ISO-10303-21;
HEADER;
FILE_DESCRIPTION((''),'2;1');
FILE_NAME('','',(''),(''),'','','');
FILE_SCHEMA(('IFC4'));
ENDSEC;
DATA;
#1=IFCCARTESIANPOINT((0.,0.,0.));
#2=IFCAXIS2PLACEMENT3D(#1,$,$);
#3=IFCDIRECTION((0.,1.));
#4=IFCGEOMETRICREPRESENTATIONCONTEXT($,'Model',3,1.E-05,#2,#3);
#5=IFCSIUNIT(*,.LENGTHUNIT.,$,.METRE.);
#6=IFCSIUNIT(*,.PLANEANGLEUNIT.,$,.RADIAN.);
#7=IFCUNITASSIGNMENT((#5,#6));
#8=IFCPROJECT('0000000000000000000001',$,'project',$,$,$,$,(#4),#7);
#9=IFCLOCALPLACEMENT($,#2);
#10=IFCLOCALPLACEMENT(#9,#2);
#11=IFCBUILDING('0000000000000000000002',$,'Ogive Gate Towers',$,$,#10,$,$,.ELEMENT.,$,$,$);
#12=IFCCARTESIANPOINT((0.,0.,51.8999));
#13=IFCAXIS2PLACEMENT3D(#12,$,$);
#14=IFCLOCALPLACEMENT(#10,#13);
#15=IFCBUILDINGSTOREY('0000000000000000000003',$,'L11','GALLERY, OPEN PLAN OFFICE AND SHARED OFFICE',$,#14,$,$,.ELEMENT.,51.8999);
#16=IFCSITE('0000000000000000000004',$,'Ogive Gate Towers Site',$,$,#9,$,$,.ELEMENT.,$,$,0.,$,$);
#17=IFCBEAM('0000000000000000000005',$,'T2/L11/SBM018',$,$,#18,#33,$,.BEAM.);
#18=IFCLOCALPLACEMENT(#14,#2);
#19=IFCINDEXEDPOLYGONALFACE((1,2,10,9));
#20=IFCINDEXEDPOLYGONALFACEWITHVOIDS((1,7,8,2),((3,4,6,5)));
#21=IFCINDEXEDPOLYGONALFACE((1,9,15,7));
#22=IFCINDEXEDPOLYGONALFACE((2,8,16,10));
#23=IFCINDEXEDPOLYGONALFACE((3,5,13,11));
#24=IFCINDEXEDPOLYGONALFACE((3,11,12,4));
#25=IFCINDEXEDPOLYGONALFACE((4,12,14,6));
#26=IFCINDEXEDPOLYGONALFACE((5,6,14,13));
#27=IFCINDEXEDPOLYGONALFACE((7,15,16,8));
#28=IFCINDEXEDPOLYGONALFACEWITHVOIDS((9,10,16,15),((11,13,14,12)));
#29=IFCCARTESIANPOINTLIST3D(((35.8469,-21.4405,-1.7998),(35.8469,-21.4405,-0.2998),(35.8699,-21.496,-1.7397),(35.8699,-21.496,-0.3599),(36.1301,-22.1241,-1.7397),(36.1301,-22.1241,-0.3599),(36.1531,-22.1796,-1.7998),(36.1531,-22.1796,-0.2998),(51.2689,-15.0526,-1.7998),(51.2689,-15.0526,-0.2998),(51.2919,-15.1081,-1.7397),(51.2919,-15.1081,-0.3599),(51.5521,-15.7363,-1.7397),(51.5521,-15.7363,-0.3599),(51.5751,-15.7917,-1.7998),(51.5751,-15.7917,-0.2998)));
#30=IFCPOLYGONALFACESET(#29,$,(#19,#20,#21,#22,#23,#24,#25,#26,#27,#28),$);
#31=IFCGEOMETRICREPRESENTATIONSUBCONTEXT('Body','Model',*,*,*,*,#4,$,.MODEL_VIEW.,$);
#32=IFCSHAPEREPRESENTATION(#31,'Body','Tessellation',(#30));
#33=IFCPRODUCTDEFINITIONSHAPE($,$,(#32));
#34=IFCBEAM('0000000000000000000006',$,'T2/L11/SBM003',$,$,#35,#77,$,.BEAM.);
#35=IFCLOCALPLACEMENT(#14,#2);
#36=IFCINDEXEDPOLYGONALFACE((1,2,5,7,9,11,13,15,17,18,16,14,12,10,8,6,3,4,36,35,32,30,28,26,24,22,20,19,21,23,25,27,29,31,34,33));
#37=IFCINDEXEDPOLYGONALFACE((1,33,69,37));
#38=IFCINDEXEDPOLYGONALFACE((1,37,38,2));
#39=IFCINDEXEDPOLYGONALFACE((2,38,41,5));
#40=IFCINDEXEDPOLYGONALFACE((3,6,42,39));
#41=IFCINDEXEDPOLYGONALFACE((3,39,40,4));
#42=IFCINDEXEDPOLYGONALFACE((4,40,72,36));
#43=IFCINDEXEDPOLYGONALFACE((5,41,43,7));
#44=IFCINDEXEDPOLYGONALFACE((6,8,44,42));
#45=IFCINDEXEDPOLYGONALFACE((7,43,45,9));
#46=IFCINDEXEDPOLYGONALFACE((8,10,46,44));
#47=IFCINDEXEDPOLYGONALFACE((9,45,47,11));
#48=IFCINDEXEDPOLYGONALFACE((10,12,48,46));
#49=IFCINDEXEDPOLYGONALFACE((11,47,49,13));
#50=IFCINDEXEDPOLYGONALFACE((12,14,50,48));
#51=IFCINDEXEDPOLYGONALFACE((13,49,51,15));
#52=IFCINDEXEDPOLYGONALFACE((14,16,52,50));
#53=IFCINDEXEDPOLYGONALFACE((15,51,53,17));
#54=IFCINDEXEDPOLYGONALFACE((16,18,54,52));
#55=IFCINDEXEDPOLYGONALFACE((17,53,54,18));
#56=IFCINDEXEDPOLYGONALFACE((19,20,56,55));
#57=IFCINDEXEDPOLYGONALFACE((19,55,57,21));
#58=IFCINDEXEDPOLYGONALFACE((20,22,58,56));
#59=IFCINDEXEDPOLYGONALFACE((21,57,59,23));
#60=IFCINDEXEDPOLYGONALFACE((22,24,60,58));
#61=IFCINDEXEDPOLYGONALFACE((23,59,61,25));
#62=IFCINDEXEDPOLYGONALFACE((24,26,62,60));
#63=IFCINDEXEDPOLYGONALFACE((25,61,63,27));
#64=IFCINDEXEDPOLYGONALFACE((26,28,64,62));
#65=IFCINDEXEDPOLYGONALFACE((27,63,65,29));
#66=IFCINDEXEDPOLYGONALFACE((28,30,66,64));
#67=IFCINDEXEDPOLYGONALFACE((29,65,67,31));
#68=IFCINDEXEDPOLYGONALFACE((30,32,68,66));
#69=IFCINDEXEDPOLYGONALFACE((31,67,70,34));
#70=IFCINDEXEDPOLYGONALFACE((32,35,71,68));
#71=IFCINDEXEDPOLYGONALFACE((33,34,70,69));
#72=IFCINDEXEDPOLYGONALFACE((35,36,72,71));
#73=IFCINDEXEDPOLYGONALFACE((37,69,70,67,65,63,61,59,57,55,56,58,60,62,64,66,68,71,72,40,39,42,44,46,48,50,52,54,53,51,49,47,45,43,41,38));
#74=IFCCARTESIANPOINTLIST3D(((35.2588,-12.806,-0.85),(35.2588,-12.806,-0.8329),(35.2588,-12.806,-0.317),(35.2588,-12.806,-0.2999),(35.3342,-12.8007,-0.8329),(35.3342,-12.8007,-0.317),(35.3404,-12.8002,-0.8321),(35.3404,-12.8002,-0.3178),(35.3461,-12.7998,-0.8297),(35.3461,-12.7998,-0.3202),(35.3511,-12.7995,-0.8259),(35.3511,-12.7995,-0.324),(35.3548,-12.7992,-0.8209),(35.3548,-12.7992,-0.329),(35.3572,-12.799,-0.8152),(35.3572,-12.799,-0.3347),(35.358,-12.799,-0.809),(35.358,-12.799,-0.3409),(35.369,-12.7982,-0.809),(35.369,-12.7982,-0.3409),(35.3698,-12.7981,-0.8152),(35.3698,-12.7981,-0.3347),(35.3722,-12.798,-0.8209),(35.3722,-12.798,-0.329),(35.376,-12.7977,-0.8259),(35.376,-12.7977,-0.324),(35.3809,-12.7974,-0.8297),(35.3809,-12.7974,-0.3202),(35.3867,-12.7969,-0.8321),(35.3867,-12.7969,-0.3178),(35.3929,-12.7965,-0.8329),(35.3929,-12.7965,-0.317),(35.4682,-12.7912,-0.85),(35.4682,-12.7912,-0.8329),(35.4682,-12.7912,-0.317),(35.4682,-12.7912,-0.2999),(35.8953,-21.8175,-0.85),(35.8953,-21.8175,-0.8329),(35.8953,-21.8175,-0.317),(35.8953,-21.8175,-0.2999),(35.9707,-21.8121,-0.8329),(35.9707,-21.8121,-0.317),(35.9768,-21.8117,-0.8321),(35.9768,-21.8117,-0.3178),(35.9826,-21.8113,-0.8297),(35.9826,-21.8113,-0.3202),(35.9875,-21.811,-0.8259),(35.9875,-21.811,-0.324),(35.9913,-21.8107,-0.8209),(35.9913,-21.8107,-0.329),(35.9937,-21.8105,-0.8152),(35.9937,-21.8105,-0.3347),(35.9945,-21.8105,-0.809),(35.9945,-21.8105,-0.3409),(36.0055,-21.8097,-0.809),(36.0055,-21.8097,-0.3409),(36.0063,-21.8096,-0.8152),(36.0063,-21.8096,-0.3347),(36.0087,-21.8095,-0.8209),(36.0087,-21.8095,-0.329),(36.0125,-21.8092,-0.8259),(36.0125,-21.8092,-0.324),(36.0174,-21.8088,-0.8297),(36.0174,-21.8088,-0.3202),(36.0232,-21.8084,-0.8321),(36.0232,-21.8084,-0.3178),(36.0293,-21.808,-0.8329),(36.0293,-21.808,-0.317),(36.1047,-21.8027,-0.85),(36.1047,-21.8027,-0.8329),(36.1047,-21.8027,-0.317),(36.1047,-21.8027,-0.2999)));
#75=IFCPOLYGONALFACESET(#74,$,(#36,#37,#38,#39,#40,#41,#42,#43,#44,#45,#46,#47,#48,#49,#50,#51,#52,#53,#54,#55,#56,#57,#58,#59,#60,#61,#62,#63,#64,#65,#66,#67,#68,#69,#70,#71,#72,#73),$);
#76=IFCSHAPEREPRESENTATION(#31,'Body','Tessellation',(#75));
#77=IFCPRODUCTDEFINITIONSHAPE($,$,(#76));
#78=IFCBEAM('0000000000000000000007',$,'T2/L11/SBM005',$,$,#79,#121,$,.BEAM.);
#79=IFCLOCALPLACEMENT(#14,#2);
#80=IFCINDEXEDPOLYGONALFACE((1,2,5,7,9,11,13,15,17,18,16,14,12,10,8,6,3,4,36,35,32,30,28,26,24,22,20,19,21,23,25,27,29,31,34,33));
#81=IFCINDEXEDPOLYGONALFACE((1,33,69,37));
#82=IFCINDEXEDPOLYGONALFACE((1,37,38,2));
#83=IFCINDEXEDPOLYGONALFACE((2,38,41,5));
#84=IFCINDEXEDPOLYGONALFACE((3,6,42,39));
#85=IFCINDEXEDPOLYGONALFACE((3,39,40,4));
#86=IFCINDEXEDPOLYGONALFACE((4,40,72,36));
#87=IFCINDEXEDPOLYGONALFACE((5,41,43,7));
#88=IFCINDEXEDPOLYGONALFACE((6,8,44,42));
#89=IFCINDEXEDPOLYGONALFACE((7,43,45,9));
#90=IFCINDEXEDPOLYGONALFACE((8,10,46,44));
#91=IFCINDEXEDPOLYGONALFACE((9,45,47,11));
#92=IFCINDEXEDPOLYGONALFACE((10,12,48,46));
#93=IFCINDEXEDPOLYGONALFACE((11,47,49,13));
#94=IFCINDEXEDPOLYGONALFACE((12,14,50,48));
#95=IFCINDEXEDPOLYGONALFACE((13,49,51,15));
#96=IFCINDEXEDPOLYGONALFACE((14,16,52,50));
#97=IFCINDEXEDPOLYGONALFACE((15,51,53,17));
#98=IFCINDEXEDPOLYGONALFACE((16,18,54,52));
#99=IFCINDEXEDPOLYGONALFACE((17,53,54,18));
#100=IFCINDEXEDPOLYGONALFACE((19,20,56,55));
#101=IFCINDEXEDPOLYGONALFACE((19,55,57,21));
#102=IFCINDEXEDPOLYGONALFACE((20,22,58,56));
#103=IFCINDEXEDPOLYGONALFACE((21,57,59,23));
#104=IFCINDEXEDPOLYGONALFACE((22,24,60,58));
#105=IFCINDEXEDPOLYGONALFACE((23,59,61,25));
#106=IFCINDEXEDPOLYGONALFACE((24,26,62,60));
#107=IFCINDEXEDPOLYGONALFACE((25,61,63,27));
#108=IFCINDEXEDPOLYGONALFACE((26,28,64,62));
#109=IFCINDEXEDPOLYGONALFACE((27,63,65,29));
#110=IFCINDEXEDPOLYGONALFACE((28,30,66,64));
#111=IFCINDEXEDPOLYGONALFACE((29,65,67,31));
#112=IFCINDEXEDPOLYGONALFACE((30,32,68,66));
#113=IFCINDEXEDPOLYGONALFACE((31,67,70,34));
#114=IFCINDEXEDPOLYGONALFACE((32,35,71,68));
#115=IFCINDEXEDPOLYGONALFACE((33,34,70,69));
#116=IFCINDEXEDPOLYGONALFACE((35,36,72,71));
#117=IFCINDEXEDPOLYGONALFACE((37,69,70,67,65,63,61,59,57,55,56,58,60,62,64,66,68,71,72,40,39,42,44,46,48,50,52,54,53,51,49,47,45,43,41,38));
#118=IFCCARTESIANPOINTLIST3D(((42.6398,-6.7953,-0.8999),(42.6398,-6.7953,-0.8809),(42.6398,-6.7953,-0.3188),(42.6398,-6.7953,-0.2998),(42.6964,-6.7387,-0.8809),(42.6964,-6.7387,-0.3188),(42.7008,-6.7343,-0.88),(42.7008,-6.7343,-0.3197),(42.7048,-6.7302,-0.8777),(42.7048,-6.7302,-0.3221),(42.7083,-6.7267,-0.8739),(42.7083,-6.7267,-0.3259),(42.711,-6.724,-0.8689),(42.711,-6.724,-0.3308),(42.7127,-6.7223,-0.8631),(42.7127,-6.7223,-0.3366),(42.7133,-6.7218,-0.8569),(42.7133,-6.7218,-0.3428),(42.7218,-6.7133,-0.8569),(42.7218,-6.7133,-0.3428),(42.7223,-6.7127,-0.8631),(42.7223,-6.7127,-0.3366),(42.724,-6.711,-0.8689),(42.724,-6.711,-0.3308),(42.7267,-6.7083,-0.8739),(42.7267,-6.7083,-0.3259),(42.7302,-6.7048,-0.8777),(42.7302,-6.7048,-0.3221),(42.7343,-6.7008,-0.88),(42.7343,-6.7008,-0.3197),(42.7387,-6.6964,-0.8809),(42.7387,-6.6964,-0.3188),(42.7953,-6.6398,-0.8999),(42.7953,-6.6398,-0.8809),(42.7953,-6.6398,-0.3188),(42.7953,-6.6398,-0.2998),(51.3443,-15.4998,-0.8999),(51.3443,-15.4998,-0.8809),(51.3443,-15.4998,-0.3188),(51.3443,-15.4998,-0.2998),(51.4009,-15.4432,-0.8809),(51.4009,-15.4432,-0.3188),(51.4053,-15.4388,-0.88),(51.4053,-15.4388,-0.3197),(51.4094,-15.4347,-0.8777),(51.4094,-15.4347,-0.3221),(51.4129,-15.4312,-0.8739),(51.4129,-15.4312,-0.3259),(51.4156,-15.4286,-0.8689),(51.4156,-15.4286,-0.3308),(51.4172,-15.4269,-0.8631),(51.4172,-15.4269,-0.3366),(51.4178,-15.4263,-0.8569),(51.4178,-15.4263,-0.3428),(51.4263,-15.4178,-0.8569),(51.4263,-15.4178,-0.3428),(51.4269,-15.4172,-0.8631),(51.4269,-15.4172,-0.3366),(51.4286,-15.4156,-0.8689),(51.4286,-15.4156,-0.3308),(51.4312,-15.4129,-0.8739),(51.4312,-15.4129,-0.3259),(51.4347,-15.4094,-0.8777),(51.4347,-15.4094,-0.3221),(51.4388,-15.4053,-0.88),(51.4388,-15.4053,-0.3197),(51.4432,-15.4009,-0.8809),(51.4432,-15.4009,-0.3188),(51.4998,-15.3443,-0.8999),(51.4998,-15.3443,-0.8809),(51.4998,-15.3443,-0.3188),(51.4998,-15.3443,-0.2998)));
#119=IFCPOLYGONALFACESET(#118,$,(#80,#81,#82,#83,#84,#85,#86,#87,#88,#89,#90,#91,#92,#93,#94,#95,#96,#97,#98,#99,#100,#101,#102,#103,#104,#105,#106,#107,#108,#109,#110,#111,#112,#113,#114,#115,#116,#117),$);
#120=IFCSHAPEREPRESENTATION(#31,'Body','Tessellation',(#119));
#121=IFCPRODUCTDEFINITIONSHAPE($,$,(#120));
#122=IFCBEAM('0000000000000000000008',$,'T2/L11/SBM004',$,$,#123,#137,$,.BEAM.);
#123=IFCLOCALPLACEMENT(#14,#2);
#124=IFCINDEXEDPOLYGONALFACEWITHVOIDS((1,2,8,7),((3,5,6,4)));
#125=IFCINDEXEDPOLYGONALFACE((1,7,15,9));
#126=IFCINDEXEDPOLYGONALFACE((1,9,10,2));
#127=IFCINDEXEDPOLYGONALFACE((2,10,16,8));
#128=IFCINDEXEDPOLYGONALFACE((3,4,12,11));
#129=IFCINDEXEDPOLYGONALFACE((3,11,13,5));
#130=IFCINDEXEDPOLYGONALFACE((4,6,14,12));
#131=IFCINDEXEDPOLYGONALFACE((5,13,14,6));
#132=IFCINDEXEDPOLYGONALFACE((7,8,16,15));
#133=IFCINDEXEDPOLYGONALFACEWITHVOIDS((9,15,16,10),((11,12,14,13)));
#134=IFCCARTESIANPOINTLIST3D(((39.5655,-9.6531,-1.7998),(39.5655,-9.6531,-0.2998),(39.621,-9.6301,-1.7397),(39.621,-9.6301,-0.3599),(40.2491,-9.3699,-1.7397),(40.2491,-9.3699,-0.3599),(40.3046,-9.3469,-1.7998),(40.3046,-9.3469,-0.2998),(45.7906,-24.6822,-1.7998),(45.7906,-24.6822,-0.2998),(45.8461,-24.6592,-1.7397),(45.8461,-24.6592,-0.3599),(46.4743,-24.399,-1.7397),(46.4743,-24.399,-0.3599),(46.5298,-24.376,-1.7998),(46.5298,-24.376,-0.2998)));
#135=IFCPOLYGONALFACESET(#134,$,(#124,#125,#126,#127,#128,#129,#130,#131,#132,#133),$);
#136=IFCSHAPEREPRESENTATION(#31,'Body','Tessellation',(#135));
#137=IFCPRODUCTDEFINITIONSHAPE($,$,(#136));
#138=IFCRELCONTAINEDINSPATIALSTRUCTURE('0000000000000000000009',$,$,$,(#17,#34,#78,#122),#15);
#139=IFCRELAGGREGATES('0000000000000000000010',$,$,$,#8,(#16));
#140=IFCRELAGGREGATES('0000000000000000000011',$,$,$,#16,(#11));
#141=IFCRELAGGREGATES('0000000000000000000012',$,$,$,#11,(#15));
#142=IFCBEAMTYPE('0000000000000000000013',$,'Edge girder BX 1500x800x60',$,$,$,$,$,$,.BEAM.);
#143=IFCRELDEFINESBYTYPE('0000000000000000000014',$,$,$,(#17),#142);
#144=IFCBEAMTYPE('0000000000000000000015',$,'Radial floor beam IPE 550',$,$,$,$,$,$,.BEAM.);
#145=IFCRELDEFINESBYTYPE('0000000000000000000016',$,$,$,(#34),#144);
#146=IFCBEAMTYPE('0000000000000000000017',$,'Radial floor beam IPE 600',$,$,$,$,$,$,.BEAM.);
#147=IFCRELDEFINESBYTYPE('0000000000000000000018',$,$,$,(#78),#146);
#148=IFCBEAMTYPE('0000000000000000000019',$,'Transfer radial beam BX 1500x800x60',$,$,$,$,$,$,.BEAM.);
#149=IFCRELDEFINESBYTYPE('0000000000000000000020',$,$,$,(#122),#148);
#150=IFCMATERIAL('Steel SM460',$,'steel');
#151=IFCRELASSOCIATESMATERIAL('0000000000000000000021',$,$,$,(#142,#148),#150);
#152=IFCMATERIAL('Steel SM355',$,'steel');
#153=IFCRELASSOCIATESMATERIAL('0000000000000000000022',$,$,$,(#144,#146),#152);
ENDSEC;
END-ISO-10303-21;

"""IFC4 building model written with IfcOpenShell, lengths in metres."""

from ifc_helpers import new_model, si_unit, direction, frame, origin, origin_2d, place, context, subcontext, project, spatial, hollow_rectangle, i_section, extrude, material, material_profile, profile_set, type_object, element, save


model = new_model("IFC4")

# Units and contexts
model_context = context("Model", 3, precision=1e-05, world=origin(), true_north=direction((0.0, 1.0)))
body_context = subcontext(model_context, "Body", "Model", "MODEL_VIEW")
ifc_project = project(units=[si_unit("LENGTHUNIT", "METRE"), si_unit("PLANEANGLEUNIT", "RADIAN")], contexts=[model_context])

# Site, building, storey
site_placement = place(None, origin())
site = spatial("IfcSite", under=ifc_project, at=site_placement, Name="Ogive Gate Towers Site", CompositionType="ELEMENT", RefElevation=0.0)
building_placement = place(site_placement, origin())
building = spatial("IfcBuilding", under=site, at=building_placement, Name="Ogive Gate Towers", CompositionType="ELEMENT")
storey_placement = place(building_placement, frame((0.0, 0.0, 51.8999)))
storey = spatial("IfcBuildingStorey", under=building, at=storey_placement, Name="L11", Description="GALLERY, OPEN PLAN OFFICE AND SHARED OFFICE", CompositionType="ELEMENT", Elevation=51.8999)

# Beams
ifc_material_1 = material(Name="Steel SM460", Category="steel")
ifc_material_profile_1 = material_profile(ifc_material_1, hollow_rectangle(XDim=0.8, YDim=1.5, WallThickness=0.0601, at=origin_2d()), Name="BX 1500x800x60")
ifc_profile_set_1 = profile_set([ifc_material_profile_1], Name="Steel SM460")
beam_type_1 = type_object("IfcBeamType", Name="Edge girder BX 1500x800x60", PredefinedType="BEAM", material=ifc_profile_set_1)
beam_1_placement = place(storey_placement, frame((36.0, -21.8101, -1.0498), z_axis=(0.923882, 0.382678, 0.0), x_axis=(-0.382678, 0.923882, 0.0)))
element("IfcBeam", 1, at=beam_1_placement, inside=storey, type_object=beam_type_1, Name="T2/L11/SBM018", PredefinedType="BEAM", context=body_context, shape_type="SweptSolid", body=[
    extrude(hollow_rectangle(XDim=0.8, YDim=1.5, WallThickness=0.0601, at=origin_2d()), origin(), (0.0, 0.0, 1.0), 16.6926),
])
ifc_material_2 = material(Name="Steel SM355", Category="steel")
ifc_material_profile_2 = material_profile(ifc_material_2, i_section(OverallWidth=0.21, OverallDepth=0.55, WebThickness=0.011, FlangeThickness=0.0171, FilletRadius=0.0239, at=origin_2d()), Name="IPE 550")
ifc_profile_set_2 = profile_set([ifc_material_profile_2], Name="Steel SM355")
beam_type_2 = type_object("IfcBeamType", Name="Radial floor beam IPE 550", PredefinedType="BEAM", material=ifc_profile_set_2)
beam_2_placement = place(storey_placement, frame((35.3635, -12.7986, -0.575), z_axis=(0.070454, -0.997515, 0.0), x_axis=(0.997515, 0.070454, 0.0)))
element("IfcBeam", 2, at=beam_2_placement, inside=storey, type_object=beam_type_2, Name="T2/L11/SBM003", PredefinedType="BEAM", context=body_context, shape_type="SweptSolid", body=[
    extrude(i_section(OverallWidth=0.21, OverallDepth=0.55, WebThickness=0.011, FlangeThickness=0.0171, FilletRadius=0.0239, at=origin_2d()), origin(), (0.0, 0.0, 1.0), 9.0339),
])
ifc_material_profile_3 = material_profile(ifc_material_2, i_section(OverallWidth=0.22, OverallDepth=0.6001, WebThickness=0.012, FlangeThickness=0.019, FilletRadius=0.0239, at=origin_2d()), Name="IPE 600")
ifc_profile_set_3 = profile_set([ifc_material_profile_3], Name="Steel SM355")
beam_type_3 = type_object("IfcBeamType", Name="Radial floor beam IPE 600", PredefinedType="BEAM", material=ifc_profile_set_3)
beam_3_placement = place(storey_placement, frame((42.7175, -6.7175, -0.5999), z_axis=(0.707107, -0.707107, 0.0), x_axis=(0.707107, 0.707107, 0.0)))
element("IfcBeam", 3, at=beam_3_placement, inside=storey, type_object=beam_type_3, Name="T2/L11/SBM005", PredefinedType="BEAM", context=body_context, shape_type="SweptSolid", body=[
    extrude(i_section(OverallWidth=0.22, OverallDepth=0.6001, WebThickness=0.012, FlangeThickness=0.019, FilletRadius=0.0239, at=origin_2d()), origin(), (0.0, 0.0, 1.0), 12.3101),
])
ifc_material_profile_4 = material_profile(ifc_material_1, hollow_rectangle(XDim=0.8, YDim=1.5, WallThickness=0.0601, at=origin_2d()), Name="BX 1500x800x60")
ifc_profile_set_4 = profile_set([ifc_material_profile_4], Name="Steel SM460")
beam_type_4 = type_object("IfcBeamType", Name="Transfer radial beam BX 1500x800x60", PredefinedType="BEAM", material=ifc_profile_set_4)
beam_4_placement = place(storey_placement, frame((39.9351, -9.5, -1.0498), z_axis=(0.382676, -0.923883, 0.0), x_axis=(0.923883, 0.382676, 0.0)))
element("IfcBeam", 4, at=beam_4_placement, inside=storey, type_object=beam_type_4, Name="T2/L11/SBM004", PredefinedType="BEAM", context=body_context, shape_type="SweptSolid", body=[
    extrude(hollow_rectangle(XDim=0.8, YDim=1.5, WallThickness=0.0601, at=origin_2d()), origin(), (0.0, 0.0, 1.0), 16.2673),
])

save(model, "model.ifc")
